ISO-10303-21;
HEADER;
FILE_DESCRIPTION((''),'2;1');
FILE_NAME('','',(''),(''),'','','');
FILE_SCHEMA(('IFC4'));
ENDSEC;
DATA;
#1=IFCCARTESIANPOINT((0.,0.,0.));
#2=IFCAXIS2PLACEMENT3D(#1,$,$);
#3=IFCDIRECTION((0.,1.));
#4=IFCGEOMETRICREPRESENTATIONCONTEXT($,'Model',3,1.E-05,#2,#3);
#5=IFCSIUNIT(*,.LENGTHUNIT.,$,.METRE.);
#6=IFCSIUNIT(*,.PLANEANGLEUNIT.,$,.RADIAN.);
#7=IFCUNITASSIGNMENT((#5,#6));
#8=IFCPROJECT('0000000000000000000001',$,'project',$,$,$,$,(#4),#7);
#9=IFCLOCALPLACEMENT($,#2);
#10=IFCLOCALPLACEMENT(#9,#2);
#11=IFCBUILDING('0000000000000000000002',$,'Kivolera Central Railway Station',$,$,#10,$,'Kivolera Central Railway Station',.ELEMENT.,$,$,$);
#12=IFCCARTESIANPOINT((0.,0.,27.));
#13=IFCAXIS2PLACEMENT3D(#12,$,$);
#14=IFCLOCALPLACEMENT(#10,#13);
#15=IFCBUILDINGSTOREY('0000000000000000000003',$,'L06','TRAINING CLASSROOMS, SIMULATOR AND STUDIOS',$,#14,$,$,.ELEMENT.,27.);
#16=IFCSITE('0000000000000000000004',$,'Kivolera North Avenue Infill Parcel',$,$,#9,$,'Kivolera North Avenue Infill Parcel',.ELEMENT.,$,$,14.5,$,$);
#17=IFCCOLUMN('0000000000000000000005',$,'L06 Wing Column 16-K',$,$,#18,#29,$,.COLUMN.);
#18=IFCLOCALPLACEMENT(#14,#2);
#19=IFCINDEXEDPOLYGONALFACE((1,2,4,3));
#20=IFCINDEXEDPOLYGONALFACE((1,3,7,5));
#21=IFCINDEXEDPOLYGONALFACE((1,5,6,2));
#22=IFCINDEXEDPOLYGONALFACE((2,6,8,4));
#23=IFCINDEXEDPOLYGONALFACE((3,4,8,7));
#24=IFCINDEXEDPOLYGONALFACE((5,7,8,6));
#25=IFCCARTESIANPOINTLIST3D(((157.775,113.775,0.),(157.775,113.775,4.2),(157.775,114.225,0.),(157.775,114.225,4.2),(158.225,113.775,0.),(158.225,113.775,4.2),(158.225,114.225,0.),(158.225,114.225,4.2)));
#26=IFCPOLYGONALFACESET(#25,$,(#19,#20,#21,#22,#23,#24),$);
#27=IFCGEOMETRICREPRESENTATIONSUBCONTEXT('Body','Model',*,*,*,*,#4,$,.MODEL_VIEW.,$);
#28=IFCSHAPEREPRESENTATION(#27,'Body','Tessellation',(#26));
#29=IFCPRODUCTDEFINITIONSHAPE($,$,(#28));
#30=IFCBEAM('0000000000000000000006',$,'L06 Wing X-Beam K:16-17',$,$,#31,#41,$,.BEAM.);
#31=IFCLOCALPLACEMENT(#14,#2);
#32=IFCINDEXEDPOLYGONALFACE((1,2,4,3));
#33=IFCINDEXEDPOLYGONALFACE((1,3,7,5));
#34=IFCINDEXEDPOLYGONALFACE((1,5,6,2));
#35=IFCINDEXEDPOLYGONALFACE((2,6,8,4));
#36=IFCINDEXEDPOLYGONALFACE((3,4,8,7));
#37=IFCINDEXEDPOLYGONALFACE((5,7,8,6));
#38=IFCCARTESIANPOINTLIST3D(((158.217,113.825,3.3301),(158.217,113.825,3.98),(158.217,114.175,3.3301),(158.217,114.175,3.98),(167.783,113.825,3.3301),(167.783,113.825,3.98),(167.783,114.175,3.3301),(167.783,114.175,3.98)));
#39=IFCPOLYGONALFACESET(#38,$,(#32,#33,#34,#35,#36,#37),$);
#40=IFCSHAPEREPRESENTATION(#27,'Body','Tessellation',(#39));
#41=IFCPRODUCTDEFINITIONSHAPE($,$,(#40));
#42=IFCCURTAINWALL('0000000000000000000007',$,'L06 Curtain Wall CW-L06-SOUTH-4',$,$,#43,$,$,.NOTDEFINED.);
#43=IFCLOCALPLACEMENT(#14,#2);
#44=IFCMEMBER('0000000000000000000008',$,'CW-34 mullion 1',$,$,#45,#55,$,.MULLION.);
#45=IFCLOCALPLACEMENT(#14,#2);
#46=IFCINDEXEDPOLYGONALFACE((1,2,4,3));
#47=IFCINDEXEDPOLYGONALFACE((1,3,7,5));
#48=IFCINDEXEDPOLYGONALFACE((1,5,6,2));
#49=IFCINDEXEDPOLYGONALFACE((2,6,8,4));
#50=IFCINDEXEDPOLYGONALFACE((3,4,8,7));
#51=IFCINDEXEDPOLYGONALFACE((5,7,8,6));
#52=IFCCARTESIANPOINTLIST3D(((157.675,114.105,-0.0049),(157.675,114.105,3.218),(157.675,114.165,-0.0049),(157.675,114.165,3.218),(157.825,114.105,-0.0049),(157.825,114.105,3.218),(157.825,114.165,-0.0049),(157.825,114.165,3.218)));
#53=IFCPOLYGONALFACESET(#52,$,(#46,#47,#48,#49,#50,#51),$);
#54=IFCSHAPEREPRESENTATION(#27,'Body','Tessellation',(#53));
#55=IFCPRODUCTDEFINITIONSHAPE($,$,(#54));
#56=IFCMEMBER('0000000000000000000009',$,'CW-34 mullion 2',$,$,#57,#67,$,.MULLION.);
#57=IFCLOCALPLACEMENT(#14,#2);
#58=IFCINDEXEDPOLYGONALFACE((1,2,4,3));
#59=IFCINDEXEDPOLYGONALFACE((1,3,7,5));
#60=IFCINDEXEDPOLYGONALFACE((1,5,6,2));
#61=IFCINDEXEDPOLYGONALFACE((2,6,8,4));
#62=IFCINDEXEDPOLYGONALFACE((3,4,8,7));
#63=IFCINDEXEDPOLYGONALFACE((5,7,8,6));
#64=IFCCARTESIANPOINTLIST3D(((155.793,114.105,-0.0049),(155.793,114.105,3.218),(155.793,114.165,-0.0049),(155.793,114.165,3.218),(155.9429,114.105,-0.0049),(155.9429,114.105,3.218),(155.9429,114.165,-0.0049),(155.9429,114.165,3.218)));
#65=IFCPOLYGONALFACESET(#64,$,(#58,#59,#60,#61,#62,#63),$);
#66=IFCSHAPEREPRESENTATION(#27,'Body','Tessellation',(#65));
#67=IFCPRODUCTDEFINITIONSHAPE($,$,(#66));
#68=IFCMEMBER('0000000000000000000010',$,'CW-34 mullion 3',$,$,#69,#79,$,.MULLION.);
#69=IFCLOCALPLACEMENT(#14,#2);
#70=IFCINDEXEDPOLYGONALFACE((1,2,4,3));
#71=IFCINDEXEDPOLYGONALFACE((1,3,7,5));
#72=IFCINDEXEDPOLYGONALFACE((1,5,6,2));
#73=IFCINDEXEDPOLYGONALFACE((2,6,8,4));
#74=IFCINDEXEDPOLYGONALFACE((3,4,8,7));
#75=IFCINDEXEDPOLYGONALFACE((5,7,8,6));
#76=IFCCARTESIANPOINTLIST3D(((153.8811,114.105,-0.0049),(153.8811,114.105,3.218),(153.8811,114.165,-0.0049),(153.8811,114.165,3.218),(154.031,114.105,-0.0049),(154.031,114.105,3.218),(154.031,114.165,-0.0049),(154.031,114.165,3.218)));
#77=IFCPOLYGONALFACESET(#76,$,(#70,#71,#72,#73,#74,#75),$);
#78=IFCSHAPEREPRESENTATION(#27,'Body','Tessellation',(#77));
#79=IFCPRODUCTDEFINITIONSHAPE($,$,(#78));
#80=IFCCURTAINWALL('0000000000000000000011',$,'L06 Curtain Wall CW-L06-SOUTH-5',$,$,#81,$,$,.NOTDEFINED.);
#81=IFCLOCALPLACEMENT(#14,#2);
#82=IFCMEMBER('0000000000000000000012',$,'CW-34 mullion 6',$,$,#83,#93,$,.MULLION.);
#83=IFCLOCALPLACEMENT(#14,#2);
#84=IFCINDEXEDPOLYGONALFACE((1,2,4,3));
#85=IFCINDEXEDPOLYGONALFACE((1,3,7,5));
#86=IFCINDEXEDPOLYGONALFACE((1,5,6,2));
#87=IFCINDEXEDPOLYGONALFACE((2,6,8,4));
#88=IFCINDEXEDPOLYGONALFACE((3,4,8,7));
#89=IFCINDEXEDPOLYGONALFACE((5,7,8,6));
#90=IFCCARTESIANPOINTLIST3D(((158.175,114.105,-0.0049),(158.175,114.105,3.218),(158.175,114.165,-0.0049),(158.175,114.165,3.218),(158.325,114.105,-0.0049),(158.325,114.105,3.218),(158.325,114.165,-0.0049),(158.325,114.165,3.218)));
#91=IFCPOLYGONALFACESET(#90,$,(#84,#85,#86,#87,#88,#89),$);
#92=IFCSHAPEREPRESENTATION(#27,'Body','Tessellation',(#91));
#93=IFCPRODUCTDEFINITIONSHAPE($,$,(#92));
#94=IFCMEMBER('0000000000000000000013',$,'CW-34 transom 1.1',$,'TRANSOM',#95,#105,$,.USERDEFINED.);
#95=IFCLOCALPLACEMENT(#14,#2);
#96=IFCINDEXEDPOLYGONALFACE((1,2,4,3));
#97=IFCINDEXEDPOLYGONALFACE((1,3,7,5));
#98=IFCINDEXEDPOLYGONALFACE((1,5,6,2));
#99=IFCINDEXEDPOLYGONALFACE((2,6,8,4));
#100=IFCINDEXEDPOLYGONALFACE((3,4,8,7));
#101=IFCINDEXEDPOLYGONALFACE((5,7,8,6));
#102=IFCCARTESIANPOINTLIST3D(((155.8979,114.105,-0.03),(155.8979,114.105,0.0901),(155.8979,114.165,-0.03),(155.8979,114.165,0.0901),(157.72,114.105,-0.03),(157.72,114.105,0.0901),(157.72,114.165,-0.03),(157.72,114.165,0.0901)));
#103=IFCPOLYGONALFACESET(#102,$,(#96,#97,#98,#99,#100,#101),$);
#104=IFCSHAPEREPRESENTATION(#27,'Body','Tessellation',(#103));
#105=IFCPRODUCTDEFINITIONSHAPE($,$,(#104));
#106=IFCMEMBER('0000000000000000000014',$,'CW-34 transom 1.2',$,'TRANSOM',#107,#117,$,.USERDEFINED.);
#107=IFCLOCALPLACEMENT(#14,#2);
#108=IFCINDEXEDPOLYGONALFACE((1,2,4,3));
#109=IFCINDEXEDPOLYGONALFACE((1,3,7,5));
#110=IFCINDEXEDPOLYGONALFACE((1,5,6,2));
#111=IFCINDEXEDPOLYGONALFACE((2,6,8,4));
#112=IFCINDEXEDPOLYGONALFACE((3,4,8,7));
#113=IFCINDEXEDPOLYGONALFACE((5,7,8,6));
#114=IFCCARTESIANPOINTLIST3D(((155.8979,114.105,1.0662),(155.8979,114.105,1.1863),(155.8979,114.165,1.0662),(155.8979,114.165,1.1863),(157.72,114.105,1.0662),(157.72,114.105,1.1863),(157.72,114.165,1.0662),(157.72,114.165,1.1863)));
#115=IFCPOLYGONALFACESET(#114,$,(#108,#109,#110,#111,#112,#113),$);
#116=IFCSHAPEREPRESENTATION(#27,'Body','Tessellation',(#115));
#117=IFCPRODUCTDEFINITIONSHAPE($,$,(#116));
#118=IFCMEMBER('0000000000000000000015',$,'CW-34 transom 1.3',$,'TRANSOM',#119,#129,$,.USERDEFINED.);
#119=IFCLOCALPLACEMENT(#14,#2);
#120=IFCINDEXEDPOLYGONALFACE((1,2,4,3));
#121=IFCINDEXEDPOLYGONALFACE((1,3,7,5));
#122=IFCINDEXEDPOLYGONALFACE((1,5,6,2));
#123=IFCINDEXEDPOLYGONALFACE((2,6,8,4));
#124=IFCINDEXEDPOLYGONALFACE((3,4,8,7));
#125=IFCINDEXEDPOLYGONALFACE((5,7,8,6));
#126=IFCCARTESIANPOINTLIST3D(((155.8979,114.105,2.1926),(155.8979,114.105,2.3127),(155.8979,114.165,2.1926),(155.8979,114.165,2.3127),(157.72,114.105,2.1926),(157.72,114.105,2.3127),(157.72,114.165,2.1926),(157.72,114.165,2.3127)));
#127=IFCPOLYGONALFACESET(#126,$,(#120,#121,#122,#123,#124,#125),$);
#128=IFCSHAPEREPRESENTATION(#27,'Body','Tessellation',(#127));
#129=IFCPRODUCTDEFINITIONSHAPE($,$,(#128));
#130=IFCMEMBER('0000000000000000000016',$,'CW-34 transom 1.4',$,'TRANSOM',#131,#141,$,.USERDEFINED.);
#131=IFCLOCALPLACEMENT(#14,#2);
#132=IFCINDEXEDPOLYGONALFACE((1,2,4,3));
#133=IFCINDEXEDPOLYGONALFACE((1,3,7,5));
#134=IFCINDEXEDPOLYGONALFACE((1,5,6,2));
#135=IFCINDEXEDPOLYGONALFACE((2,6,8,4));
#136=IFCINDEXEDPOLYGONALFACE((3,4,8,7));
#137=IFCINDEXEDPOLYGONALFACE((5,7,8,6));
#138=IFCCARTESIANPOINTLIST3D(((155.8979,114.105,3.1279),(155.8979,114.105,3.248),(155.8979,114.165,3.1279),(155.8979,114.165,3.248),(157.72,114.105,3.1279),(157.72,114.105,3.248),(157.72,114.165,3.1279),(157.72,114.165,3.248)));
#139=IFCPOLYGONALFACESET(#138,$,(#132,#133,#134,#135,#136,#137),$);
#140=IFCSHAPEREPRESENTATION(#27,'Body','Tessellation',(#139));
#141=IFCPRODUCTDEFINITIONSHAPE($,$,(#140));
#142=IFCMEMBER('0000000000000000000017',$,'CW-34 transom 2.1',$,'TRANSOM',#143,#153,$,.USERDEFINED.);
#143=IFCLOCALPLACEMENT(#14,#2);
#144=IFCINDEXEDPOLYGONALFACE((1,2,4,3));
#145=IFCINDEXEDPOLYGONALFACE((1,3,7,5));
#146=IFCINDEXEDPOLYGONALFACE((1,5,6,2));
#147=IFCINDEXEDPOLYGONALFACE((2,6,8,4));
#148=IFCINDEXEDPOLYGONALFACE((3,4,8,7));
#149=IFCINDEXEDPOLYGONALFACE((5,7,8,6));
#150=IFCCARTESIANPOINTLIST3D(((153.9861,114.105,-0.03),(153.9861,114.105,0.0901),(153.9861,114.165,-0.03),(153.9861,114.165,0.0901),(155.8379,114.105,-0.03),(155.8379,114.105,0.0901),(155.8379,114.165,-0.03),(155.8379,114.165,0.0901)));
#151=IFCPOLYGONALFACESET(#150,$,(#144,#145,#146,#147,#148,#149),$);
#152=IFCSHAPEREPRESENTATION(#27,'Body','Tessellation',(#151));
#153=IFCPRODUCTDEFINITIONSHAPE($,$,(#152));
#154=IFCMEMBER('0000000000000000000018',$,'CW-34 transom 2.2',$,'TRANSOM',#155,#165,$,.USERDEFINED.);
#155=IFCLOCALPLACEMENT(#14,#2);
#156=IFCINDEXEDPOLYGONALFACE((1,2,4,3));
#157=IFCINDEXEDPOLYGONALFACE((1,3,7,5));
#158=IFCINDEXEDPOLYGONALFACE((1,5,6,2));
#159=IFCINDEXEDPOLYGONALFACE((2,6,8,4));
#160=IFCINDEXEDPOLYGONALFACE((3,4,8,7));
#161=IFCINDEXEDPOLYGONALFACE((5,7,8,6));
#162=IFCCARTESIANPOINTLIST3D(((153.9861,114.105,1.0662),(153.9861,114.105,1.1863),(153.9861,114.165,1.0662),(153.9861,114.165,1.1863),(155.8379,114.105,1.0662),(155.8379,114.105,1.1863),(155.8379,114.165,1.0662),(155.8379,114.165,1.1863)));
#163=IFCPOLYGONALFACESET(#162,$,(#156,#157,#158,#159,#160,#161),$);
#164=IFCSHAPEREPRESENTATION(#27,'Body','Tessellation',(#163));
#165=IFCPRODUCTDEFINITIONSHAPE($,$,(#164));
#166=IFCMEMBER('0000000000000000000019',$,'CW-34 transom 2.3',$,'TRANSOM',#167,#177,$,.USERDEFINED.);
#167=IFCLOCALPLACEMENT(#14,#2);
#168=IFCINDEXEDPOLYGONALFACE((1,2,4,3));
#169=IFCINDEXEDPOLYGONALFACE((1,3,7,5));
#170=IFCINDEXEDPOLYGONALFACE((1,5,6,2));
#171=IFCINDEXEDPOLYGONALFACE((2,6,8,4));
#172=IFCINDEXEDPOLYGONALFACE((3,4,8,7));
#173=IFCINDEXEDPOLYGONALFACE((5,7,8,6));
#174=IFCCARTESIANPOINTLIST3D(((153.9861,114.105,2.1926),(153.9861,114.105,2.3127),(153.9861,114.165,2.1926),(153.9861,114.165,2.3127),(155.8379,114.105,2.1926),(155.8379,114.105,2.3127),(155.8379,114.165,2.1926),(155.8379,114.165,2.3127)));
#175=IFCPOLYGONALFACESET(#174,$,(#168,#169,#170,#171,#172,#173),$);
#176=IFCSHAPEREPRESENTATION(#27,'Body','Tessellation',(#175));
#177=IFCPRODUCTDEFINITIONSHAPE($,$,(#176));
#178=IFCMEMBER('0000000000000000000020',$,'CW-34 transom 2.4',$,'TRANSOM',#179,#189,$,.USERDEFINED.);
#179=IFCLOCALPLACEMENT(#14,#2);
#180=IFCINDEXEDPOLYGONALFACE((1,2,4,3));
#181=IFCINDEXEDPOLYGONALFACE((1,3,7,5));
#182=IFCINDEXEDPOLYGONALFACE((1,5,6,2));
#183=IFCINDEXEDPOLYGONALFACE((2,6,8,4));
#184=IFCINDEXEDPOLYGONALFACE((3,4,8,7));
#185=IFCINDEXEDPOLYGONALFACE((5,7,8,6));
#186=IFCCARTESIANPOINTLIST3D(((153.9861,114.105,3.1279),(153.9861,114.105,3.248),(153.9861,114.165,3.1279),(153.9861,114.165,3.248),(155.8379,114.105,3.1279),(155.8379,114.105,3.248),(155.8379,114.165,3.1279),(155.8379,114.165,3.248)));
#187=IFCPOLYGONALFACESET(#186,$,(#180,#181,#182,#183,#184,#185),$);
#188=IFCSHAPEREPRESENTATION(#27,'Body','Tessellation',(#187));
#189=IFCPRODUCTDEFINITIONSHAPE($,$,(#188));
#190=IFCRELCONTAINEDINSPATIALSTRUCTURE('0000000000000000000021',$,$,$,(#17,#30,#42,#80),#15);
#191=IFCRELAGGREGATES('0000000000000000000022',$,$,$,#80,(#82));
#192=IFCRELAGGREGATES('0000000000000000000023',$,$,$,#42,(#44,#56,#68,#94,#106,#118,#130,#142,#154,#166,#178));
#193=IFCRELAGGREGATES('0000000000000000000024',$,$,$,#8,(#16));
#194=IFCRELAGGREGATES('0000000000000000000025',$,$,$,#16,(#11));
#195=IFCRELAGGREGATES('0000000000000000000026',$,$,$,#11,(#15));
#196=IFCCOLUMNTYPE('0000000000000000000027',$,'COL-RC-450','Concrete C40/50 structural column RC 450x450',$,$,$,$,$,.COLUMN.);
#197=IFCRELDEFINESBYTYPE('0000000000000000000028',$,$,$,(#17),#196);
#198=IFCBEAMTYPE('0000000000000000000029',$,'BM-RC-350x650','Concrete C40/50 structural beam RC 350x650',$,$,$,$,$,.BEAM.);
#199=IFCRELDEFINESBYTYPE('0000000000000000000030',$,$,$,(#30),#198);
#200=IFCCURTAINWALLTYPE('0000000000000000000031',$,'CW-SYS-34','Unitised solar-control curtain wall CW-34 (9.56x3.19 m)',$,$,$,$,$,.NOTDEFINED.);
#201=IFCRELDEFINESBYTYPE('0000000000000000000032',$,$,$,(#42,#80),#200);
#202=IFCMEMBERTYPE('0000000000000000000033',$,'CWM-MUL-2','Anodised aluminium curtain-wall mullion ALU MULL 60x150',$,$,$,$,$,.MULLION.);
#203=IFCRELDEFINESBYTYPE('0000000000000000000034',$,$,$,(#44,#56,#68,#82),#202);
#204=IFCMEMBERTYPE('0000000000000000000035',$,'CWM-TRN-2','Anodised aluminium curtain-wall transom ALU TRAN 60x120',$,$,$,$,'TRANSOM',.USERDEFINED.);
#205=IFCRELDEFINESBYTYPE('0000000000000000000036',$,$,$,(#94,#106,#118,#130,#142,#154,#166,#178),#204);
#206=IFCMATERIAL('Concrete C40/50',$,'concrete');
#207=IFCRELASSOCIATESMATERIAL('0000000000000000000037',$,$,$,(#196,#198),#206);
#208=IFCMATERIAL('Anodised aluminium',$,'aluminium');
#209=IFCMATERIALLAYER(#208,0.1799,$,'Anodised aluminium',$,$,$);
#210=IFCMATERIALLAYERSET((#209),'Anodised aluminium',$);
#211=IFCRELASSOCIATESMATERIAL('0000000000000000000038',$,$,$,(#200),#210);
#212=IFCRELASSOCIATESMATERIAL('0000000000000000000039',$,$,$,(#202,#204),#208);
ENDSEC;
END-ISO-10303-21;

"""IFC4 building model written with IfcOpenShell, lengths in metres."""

from ifc_helpers import new_model, si_unit, direction, frame, origin, origin_2d, place, context, subcontext, project, spatial, rectangle, extrude, material, layer, layer_set, material_profile, profile_set, type_object, element, aggregate, save


model = new_model("IFC4")

# Units and contexts
model_context = context("Model", 3, precision=1e-05, world=origin(), true_north=direction((0.0, 1.0)))
body_context = subcontext(model_context, "Body", "Model", "MODEL_VIEW")
ifc_project = project(units=[si_unit("LENGTHUNIT", "METRE"), si_unit("PLANEANGLEUNIT", "RADIAN")], contexts=[model_context])

# Site, building, storey
site_placement = place(None, origin())
site = spatial("IfcSite", under=ifc_project, at=site_placement, Name="Kivolera North Avenue Infill Parcel", LongName="Kivolera North Avenue Infill Parcel", CompositionType="ELEMENT", RefElevation=14.5)
building_placement = place(site_placement, origin())
building = spatial("IfcBuilding", under=site, at=building_placement, Name="Kivolera Central Railway Station", LongName="Kivolera Central Railway Station", CompositionType="ELEMENT")
storey_placement = place(building_placement, frame((0.0, 0.0, 27.0)))
storey = spatial("IfcBuildingStorey", under=building, at=storey_placement, Name="L06", Description="TRAINING CLASSROOMS, SIMULATOR AND STUDIOS", CompositionType="ELEMENT", Elevation=27.0)

# Column
ifc_material_1 = material(Name="Concrete C40/50", Category="concrete")
ifc_material_profile_1 = material_profile(ifc_material_1, rectangle(XDim=0.45, YDim=0.45, at=origin_2d()), Name="RC 450x450")
ifc_profile_set_1 = profile_set([ifc_material_profile_1], Name="Concrete C40/50")
column_type = type_object("IfcColumnType", Name="COL-RC-450", Description="Concrete C40/50 structural column RC 450x450", PredefinedType="COLUMN", material=ifc_profile_set_1)
column_placement = place(storey_placement, frame((158.0, 114.0, 0.0), z_axis=(0.0, 0.0, 1.0), x_axis=(1.0, 0.0, 0.0)))
element("IfcColumn", 1, at=column_placement, inside=storey, type_object=column_type, Name="L06 Wing Column 16-K", PredefinedType="COLUMN", context=body_context, shape_type="SweptSolid", body=[
    extrude(rectangle(XDim=0.45, YDim=0.45, at=origin_2d()), origin(), (0.0, 0.0, 1.0), 4.2),
])

# Beam
ifc_material_profile_2 = material_profile(ifc_material_1, rectangle(XDim=0.3501, YDim=0.6499, at=origin_2d()), Name="RC 350x650")
ifc_profile_set_2 = profile_set([ifc_material_profile_2], Name="Concrete C40/50")
beam_type = type_object("IfcBeamType", Name="BM-RC-350x650", Description="Concrete C40/50 structural beam RC 350x650", PredefinedType="BEAM", material=ifc_profile_set_2)
beam_placement = place(storey_placement, frame((158.217, 114.0, 3.655), z_axis=(1.0, 0.0, 0.0), x_axis=(0.0, 1.0, 0.0)))
element("IfcBeam", 2, at=beam_placement, inside=storey, type_object=beam_type, Name="L06 Wing X-Beam K:16-17", PredefinedType="BEAM", context=body_context, shape_type="SweptSolid", body=[
    extrude(rectangle(XDim=0.3501, YDim=0.6499, at=origin_2d()), origin(), (0.0, 0.0, 1.0), 9.5659),
])

# Curtain wall, members
ifc_material_2 = material(Name="Anodised aluminium", Category="aluminium")
ifc_layer_1 = layer(ifc_material_2, 0.1799, Name="Anodised aluminium")
ifc_layer_set_1 = layer_set([ifc_layer_1], Name="Anodised aluminium")
curtain_wall_type = type_object("IfcCurtainWallType", Name="CW-SYS-34", Description="Unitised solar-control curtain wall CW-34 (9.56x3.19 m)", PredefinedType="NOTDEFINED", material=ifc_layer_set_1)
curtain_wall_1_placement = place(storey_placement, origin())
curtain_wall_1 = element("IfcCurtainWall", 3, at=curtain_wall_1_placement, inside=storey, type_object=curtain_wall_type, Name="L06 Curtain Wall CW-L06-SOUTH-4", PredefinedType="NOTDEFINED")
ifc_material_profile_3 = material_profile(ifc_material_2, rectangle(XDim=0.0601, YDim=0.1499, at=origin_2d()), Name="ALU MULL 60x150")
ifc_profile_set_3 = profile_set([ifc_material_profile_3], Name="Anodised aluminium")
member_type_1 = type_object("IfcMemberType", Name="CWM-MUL-2", Description="Anodised aluminium curtain-wall mullion ALU MULL 60x150", PredefinedType="MULLION", material=ifc_profile_set_3)
member_1_placement = place(storey_placement, frame((157.75, 114.135, -0.0049), z_axis=(0.0, 0.0, 1.0), x_axis=(0.0, -1.0, 0.0)))
member_1 = element("IfcMember", 4, at=member_1_placement, type_object=member_type_1, Name="CW-34 mullion 1", PredefinedType="MULLION", context=body_context, shape_type="SweptSolid", body=[
    extrude(rectangle(XDim=0.0601, YDim=0.1499, at=origin_2d()), origin(), (0.0, 0.0, 1.0), 3.2229),
])
member_2_placement = place(storey_placement, frame((155.8679, 114.135, -0.0049), z_axis=(0.0, 0.0, 1.0), x_axis=(0.0, -1.0, 0.0)))
member_2 = element("IfcMember", 5, at=member_2_placement, type_object=member_type_1, Name="CW-34 mullion 2", PredefinedType="MULLION", context=body_context, shape_type="SweptSolid", body=[
    extrude(rectangle(XDim=0.0601, YDim=0.1499, at=origin_2d()), origin(), (0.0, 0.0, 1.0), 3.2229),
])
member_3_placement = place(storey_placement, frame((153.9561, 114.135, -0.0049), z_axis=(0.0, 0.0, 1.0), x_axis=(0.0, -1.0, 0.0)))
member_3 = element("IfcMember", 6, at=member_3_placement, type_object=member_type_1, Name="CW-34 mullion 3", PredefinedType="MULLION", context=body_context, shape_type="SweptSolid", body=[
    extrude(rectangle(XDim=0.0601, YDim=0.1499, at=origin_2d()), origin(), (0.0, 0.0, 1.0), 3.2229),
])

# Curtain wall, member
curtain_wall_2_placement = place(storey_placement, origin())
curtain_wall_2 = element("IfcCurtainWall", 7, at=curtain_wall_2_placement, inside=storey, type_object=curtain_wall_type, Name="L06 Curtain Wall CW-L06-SOUTH-5", PredefinedType="NOTDEFINED")
member_4_placement = place(storey_placement, frame((158.25, 114.135, -0.0049), z_axis=(0.0, 0.0, 1.0), x_axis=(0.0, -1.0, 0.0)))
member_4 = element("IfcMember", 8, at=member_4_placement, type_object=member_type_1, Name="CW-34 mullion 6", PredefinedType="MULLION", context=body_context, shape_type="SweptSolid", body=[
    extrude(rectangle(XDim=0.0601, YDim=0.1499, at=origin_2d()), origin(), (0.0, 0.0, 1.0), 3.2229),
])

# Members
ifc_material_profile_4 = material_profile(ifc_material_2, rectangle(XDim=0.0601, YDim=0.1201, at=origin_2d()), Name="ALU TRAN 60x120")
ifc_profile_set_4 = profile_set([ifc_material_profile_4], Name="Anodised aluminium")
member_type_2 = type_object("IfcMemberType", Name="CWM-TRN-2", Description="Anodised aluminium curtain-wall transom ALU TRAN 60x120", ElementType="TRANSOM", PredefinedType="USERDEFINED", material=ifc_profile_set_4)
member_5_placement = place(storey_placement, frame((157.72, 114.135, 0.03), z_axis=(-1.0, 0.0, 0.0), x_axis=(0.0, -1.0, 0.0)))
member_5 = element("IfcMember", 9, at=member_5_placement, type_object=member_type_2, Name="CW-34 transom 1.1", ObjectType="TRANSOM", PredefinedType="USERDEFINED", context=body_context, shape_type="SweptSolid", body=[
    extrude(rectangle(XDim=0.0601, YDim=0.1201, at=origin_2d()), origin(), (0.0, 0.0, 1.0), 1.822),
])
member_6_placement = place(storey_placement, frame((157.72, 114.135, 1.1262), z_axis=(-1.0, 0.0, 0.0), x_axis=(0.0, -1.0, 0.0)))
member_6 = element("IfcMember", 10, at=member_6_placement, type_object=member_type_2, Name="CW-34 transom 1.2", ObjectType="TRANSOM", PredefinedType="USERDEFINED", context=body_context, shape_type="SweptSolid", body=[
    extrude(rectangle(XDim=0.0601, YDim=0.1201, at=origin_2d()), origin(), (0.0, 0.0, 1.0), 1.822),
])
member_7_placement = place(storey_placement, frame((157.72, 114.135, 2.2527), z_axis=(-1.0, 0.0, 0.0), x_axis=(0.0, -1.0, 0.0)))
member_7 = element("IfcMember", 11, at=member_7_placement, type_object=member_type_2, Name="CW-34 transom 1.3", ObjectType="TRANSOM", PredefinedType="USERDEFINED", context=body_context, shape_type="SweptSolid", body=[
    extrude(rectangle(XDim=0.0601, YDim=0.1201, at=origin_2d()), origin(), (0.0, 0.0, 1.0), 1.822),
])
member_8_placement = place(storey_placement, frame((157.72, 114.135, 3.188), z_axis=(-1.0, 0.0, 0.0), x_axis=(0.0, -1.0, 0.0)))
member_8 = element("IfcMember", 12, at=member_8_placement, type_object=member_type_2, Name="CW-34 transom 1.4", ObjectType="TRANSOM", PredefinedType="USERDEFINED", context=body_context, shape_type="SweptSolid", body=[
    extrude(rectangle(XDim=0.0601, YDim=0.1201, at=origin_2d()), origin(), (0.0, 0.0, 1.0), 1.822),
])
member_9_placement = place(storey_placement, frame((155.8379, 114.135, 0.03), z_axis=(-1.0, 0.0, 0.0), x_axis=(0.0, -1.0, 0.0)))
member_9 = element("IfcMember", 13, at=member_9_placement, type_object=member_type_2, Name="CW-34 transom 2.1", ObjectType="TRANSOM", PredefinedType="USERDEFINED", context=body_context, shape_type="SweptSolid", body=[
    extrude(rectangle(XDim=0.0601, YDim=0.1201, at=origin_2d()), origin(), (0.0, 0.0, 1.0), 1.8518),
])
member_10_placement = place(storey_placement, frame((155.8379, 114.135, 1.1262), z_axis=(-1.0, 0.0, 0.0), x_axis=(0.0, -1.0, 0.0)))
member_10 = element("IfcMember", 14, at=member_10_placement, type_object=member_type_2, Name="CW-34 transom 2.2", ObjectType="TRANSOM", PredefinedType="USERDEFINED", context=body_context, shape_type="SweptSolid", body=[
    extrude(rectangle(XDim=0.0601, YDim=0.1201, at=origin_2d()), origin(), (0.0, 0.0, 1.0), 1.8518),
])
member_11_placement = place(storey_placement, frame((155.8379, 114.135, 2.2527), z_axis=(-1.0, 0.0, 0.0), x_axis=(0.0, -1.0, 0.0)))
member_11 = element("IfcMember", 15, at=member_11_placement, type_object=member_type_2, Name="CW-34 transom 2.3", ObjectType="TRANSOM", PredefinedType="USERDEFINED", context=body_context, shape_type="SweptSolid", body=[
    extrude(rectangle(XDim=0.0601, YDim=0.1201, at=origin_2d()), origin(), (0.0, 0.0, 1.0), 1.8518),
])
member_12_placement = place(storey_placement, frame((155.8379, 114.135, 3.188), z_axis=(-1.0, 0.0, 0.0), x_axis=(0.0, -1.0, 0.0)))
member_12 = element("IfcMember", 16, at=member_12_placement, type_object=member_type_2, Name="CW-34 transom 2.4", ObjectType="TRANSOM", PredefinedType="USERDEFINED", context=body_context, shape_type="SweptSolid", body=[
    extrude(rectangle(XDim=0.0601, YDim=0.1201, at=origin_2d()), origin(), (0.0, 0.0, 1.0), 1.8518),
])

aggregate(curtain_wall_2, [member_4])
aggregate(curtain_wall_1, [member_1, member_2, member_3, member_5, member_6, member_7, member_8, member_9, member_10, member_11, member_12])

save(model, "model.ifc")
